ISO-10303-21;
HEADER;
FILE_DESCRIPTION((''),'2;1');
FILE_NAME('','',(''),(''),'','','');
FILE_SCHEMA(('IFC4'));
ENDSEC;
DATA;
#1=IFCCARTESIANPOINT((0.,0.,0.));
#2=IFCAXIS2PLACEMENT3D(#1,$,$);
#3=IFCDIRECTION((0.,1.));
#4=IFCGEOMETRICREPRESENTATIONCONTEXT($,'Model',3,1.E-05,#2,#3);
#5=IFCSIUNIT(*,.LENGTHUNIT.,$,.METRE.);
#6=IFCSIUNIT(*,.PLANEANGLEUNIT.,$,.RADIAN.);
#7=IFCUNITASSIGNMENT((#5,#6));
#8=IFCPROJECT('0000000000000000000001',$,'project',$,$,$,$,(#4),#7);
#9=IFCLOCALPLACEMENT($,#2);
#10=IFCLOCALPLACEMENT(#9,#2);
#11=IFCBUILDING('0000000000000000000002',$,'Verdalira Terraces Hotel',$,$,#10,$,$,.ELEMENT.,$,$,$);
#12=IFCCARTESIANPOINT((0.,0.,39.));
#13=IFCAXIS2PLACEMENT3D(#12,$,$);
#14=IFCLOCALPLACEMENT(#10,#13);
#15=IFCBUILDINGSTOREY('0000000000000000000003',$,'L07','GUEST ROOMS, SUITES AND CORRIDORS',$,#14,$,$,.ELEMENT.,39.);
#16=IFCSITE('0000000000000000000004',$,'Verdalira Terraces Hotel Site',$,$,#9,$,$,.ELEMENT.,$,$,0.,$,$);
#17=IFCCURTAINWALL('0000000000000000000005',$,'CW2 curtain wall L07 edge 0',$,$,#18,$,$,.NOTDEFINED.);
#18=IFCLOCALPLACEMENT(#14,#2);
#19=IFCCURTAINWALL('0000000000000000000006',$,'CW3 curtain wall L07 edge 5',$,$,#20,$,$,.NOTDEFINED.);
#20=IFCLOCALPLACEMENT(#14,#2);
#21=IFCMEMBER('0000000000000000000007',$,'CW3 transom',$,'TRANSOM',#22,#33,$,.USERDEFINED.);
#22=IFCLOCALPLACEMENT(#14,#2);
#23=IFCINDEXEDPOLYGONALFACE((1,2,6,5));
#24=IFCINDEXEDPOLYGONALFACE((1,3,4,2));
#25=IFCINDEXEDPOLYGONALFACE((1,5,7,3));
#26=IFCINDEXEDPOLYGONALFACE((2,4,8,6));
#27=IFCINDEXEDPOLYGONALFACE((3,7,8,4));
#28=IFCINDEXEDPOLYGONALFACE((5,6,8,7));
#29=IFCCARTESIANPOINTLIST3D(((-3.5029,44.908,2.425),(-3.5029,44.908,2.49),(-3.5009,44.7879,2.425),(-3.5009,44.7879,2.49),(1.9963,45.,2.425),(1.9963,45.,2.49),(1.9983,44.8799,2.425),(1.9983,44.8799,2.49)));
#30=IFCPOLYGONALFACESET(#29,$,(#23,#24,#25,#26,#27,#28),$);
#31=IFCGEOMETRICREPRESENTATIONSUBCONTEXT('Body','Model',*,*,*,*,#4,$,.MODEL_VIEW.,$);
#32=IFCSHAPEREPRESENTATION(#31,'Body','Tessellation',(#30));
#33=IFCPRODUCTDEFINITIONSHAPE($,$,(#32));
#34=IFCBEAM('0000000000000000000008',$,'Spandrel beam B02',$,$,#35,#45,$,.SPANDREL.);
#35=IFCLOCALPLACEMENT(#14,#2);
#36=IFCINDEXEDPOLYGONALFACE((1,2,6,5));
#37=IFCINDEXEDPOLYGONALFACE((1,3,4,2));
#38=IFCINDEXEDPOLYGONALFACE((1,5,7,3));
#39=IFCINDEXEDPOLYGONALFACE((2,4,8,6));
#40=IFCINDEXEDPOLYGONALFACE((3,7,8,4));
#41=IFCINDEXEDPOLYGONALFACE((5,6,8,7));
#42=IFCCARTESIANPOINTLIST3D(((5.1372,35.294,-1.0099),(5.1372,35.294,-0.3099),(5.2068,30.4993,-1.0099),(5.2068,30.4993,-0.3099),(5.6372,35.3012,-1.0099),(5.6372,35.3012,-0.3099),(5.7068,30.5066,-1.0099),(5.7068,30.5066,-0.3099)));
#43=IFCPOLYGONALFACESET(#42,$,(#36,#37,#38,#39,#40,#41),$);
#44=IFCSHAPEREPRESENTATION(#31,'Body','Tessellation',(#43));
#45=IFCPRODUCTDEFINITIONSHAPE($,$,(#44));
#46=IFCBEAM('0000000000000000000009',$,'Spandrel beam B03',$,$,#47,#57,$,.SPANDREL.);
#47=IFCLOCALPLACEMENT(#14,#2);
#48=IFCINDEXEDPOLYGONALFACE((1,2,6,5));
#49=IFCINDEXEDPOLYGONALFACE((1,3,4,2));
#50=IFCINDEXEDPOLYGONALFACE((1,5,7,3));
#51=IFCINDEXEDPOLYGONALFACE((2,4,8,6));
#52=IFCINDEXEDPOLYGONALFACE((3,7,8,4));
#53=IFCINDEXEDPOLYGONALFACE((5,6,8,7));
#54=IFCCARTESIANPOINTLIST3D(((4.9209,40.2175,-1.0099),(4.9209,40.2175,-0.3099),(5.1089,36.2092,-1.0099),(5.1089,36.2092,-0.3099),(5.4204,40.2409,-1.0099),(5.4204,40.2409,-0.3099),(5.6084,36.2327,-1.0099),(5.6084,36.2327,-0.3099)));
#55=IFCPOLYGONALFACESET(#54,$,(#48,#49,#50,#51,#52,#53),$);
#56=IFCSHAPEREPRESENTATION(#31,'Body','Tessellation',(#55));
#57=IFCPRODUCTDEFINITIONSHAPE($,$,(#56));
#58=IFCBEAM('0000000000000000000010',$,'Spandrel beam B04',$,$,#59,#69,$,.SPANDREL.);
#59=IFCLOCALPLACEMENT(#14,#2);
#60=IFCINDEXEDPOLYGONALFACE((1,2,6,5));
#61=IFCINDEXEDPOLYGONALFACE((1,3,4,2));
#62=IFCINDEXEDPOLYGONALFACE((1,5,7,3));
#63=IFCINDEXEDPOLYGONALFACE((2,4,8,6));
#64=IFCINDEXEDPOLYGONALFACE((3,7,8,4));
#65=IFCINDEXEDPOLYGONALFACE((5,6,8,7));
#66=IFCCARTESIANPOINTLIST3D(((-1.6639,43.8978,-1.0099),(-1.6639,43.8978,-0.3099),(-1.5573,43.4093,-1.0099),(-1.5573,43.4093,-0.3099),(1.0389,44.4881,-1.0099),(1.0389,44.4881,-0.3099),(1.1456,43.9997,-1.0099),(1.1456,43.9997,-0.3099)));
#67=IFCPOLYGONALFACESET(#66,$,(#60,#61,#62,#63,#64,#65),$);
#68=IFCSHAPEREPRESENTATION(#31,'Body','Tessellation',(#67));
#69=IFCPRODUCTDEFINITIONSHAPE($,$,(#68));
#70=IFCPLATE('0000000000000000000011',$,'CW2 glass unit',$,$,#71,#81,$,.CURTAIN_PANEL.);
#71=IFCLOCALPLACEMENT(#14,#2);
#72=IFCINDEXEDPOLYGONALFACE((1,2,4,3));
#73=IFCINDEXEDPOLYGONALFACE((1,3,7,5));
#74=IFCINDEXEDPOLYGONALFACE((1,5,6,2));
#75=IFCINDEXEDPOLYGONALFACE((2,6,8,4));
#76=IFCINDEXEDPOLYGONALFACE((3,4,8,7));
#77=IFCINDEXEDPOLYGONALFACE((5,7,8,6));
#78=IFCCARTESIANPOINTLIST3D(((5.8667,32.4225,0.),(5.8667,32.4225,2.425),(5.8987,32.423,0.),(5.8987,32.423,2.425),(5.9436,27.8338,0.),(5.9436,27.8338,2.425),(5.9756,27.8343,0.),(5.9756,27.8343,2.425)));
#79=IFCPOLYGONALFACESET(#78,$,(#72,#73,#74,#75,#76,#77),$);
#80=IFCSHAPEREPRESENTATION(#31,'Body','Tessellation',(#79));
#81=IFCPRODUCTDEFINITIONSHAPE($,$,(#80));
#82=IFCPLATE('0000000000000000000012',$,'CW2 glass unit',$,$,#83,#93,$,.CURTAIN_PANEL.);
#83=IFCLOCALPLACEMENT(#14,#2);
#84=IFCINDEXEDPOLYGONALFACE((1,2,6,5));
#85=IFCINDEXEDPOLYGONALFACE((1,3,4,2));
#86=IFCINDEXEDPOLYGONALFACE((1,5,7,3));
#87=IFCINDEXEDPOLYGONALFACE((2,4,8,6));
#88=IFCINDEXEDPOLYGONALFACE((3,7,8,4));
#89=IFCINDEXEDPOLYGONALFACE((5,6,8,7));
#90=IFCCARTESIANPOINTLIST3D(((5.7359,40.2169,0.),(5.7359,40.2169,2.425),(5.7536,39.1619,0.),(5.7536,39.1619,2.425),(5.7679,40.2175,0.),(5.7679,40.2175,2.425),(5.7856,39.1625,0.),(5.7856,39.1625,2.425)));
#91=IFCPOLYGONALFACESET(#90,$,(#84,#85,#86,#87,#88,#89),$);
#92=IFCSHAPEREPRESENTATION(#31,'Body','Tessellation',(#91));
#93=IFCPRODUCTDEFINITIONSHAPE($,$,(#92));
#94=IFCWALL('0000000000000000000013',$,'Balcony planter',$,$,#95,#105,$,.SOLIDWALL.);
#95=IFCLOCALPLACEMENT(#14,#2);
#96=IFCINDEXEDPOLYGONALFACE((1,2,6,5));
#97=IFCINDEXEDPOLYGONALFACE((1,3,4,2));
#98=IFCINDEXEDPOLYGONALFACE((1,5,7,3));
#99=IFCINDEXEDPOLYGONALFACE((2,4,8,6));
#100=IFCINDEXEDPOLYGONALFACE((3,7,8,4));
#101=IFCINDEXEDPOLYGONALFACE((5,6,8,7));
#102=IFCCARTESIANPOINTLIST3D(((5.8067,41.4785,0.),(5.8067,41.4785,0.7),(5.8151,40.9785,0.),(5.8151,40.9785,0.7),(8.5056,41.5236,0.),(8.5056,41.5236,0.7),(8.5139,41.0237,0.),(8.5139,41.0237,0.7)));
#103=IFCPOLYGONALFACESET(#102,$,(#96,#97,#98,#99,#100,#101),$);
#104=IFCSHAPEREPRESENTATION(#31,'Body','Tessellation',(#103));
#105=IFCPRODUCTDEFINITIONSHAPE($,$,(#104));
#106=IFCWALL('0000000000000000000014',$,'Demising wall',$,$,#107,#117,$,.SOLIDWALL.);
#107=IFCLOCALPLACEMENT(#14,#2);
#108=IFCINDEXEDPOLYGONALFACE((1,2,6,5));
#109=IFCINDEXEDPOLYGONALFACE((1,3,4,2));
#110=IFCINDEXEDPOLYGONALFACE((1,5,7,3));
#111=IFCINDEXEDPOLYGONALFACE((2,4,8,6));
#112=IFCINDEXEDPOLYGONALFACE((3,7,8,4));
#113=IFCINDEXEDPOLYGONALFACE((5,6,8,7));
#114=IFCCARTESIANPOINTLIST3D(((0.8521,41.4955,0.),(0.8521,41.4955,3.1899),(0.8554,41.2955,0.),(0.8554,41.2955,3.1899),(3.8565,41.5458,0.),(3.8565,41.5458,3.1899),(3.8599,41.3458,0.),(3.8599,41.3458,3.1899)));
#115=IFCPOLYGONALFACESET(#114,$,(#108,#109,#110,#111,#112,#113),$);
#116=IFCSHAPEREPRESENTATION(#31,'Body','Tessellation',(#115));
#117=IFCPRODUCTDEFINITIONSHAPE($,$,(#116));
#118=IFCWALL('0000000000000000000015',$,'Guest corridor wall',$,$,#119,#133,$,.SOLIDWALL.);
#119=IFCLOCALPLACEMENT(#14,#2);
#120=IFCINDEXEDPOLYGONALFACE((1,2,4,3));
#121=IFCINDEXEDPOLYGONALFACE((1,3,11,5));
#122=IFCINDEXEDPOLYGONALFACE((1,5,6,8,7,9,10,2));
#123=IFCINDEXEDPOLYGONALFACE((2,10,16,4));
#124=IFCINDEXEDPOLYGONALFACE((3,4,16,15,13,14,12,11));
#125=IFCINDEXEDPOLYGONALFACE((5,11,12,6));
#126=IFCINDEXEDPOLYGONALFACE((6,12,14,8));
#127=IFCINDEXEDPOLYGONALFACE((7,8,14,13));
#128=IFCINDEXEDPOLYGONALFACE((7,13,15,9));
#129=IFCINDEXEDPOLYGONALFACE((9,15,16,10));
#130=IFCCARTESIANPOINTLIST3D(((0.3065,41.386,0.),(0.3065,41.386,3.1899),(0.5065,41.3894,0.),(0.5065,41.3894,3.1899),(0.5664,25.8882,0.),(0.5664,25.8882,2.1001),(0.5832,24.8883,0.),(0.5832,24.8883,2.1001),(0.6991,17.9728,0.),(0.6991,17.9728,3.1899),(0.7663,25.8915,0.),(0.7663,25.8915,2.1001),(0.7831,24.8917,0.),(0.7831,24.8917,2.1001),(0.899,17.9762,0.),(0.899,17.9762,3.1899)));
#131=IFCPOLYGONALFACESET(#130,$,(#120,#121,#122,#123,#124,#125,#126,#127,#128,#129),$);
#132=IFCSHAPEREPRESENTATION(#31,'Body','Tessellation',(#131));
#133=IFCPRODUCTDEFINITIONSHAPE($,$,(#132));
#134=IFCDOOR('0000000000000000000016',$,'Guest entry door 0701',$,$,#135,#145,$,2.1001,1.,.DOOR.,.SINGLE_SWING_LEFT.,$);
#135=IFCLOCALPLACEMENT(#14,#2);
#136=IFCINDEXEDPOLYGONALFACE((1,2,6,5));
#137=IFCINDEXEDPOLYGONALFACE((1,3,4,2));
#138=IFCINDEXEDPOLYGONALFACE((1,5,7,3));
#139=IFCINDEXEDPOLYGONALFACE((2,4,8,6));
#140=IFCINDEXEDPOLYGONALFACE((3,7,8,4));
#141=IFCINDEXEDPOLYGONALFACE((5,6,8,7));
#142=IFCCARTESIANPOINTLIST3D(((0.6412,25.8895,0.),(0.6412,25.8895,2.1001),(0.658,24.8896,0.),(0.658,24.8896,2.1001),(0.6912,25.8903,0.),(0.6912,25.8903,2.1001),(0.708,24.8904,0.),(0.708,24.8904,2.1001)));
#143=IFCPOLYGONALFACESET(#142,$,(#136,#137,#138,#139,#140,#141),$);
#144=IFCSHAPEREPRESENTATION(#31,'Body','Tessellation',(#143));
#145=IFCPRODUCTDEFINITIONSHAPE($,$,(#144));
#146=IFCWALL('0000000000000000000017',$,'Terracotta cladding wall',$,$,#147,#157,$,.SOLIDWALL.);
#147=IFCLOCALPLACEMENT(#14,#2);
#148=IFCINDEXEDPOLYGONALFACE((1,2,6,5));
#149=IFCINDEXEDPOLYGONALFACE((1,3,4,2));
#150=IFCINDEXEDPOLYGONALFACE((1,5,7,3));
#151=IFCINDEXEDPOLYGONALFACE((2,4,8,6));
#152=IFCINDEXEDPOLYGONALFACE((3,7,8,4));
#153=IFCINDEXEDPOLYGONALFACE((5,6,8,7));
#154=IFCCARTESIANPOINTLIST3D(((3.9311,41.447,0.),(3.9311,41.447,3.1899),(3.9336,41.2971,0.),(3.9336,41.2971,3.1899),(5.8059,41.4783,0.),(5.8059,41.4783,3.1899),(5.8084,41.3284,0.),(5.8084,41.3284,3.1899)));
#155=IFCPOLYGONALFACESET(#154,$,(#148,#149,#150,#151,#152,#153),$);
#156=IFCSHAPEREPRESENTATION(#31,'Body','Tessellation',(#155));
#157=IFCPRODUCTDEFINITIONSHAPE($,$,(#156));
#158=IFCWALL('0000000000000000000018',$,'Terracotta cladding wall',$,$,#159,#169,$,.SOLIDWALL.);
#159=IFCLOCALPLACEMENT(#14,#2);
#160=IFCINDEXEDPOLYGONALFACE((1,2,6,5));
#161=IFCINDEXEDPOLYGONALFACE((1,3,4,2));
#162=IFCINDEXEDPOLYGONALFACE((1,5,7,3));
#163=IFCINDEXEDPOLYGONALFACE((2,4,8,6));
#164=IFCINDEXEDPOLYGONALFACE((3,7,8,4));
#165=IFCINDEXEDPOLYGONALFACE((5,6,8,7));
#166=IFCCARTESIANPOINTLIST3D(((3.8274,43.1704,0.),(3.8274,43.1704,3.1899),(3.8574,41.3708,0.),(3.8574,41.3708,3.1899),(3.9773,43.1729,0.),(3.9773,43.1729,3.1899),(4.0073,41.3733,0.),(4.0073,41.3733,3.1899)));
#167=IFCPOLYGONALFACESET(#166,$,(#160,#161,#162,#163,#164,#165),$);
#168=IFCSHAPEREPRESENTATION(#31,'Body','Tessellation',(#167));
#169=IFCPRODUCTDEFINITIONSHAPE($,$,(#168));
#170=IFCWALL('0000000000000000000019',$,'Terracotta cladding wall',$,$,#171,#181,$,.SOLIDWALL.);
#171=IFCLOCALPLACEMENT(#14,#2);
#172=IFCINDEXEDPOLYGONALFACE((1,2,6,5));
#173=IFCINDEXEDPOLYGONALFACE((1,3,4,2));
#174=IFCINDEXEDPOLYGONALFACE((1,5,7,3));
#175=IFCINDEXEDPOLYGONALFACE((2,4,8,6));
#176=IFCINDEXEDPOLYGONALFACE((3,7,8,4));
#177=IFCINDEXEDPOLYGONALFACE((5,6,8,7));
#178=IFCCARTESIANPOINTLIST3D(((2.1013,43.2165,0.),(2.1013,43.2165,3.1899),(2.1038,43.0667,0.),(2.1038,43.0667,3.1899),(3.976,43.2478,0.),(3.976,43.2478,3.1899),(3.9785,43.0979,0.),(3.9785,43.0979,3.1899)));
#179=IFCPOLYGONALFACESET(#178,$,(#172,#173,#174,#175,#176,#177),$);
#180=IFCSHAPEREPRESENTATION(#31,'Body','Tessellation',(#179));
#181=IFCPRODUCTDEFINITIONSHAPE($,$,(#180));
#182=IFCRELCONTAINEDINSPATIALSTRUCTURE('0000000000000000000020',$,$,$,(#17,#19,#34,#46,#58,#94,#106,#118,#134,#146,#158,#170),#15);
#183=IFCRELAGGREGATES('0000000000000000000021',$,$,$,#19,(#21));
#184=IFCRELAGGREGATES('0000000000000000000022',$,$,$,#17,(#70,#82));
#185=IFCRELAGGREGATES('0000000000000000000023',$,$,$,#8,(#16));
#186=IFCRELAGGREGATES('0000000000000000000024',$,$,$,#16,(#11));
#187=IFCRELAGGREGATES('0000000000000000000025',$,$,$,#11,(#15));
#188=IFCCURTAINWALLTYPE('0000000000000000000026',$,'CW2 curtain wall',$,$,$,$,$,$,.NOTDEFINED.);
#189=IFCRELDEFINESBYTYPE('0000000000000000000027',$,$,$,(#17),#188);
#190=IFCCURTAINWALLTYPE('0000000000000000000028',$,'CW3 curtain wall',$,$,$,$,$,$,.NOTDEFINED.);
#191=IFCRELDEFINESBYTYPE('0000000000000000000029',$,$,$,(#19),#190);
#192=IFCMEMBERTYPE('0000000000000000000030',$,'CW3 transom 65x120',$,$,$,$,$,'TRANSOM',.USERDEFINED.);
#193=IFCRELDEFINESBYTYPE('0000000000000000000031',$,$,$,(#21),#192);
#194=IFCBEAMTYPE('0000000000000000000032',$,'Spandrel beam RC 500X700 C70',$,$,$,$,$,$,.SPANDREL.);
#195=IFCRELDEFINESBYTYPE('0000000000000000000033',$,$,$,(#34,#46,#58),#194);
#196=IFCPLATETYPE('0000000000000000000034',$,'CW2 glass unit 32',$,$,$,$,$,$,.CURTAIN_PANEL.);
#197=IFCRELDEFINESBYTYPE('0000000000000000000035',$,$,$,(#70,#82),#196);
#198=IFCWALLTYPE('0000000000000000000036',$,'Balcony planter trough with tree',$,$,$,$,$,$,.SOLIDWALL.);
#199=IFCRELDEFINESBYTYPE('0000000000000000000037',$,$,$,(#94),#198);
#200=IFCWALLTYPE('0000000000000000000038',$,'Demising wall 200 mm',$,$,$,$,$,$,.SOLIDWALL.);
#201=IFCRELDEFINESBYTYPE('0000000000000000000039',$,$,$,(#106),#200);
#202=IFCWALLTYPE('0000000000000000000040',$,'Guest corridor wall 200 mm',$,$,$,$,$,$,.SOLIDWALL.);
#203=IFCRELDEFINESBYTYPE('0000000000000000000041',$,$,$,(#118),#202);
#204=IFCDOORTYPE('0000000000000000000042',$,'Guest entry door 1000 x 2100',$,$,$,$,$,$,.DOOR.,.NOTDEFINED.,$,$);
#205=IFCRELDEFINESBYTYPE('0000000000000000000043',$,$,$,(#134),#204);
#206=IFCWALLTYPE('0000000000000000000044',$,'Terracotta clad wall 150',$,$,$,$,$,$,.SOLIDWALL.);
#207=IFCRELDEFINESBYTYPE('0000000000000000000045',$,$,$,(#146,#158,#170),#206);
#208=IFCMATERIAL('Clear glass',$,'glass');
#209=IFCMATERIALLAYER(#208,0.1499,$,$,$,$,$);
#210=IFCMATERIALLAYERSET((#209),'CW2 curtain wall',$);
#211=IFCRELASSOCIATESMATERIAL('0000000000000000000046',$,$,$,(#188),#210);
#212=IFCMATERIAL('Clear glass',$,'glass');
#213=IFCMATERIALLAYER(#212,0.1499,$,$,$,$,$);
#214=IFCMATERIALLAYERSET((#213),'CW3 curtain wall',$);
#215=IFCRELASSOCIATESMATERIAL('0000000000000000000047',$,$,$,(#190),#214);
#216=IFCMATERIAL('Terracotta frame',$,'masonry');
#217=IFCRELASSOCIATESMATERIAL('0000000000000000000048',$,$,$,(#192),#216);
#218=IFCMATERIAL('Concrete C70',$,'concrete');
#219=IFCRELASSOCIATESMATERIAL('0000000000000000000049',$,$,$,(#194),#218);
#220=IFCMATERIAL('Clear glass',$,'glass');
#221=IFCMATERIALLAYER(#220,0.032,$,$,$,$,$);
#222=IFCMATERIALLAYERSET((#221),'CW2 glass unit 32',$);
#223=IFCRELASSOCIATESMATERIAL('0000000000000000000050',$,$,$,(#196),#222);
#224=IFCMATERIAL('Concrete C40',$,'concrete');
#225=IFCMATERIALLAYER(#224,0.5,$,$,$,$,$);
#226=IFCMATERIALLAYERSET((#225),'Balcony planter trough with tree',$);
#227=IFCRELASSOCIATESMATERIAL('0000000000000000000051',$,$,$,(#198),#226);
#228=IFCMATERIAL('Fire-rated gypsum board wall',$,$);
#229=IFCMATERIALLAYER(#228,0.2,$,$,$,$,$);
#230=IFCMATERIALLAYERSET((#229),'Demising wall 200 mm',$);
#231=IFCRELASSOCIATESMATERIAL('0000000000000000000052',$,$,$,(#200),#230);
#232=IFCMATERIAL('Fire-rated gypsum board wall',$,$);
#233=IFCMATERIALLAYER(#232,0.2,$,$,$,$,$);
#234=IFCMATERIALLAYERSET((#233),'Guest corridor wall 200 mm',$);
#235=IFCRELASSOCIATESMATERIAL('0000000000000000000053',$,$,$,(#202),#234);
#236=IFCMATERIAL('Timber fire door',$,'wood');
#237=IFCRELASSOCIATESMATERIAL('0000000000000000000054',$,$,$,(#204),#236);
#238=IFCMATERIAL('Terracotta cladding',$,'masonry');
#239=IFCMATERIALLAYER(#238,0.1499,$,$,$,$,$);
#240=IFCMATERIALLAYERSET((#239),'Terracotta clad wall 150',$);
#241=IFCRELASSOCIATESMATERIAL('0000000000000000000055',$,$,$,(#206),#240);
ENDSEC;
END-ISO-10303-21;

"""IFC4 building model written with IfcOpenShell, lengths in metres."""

from ifc_helpers import new_model, si_unit, direction, frame, frame_2d, origin, origin_2d, place, context, subcontext, project, spatial, rectangle, extrude, material, layer, layer_set, material_profile, profile_set, type_object, element, fill, aggregate, save


model = new_model("IFC4")

# Units and contexts
model_context = context("Model", 3, precision=1e-05, world=origin(), true_north=direction((0.0, 1.0)))
body_context = subcontext(model_context, "Body", "Model", "MODEL_VIEW")
ifc_project = project(units=[si_unit("LENGTHUNIT", "METRE"), si_unit("PLANEANGLEUNIT", "RADIAN")], contexts=[model_context])

# Site, building, storey
site_placement = place(None, origin())
site = spatial("IfcSite", under=ifc_project, at=site_placement, Name="Verdalira Terraces Hotel Site", CompositionType="ELEMENT", RefElevation=0.0)
building_placement = place(site_placement, origin())
building = spatial("IfcBuilding", under=site, at=building_placement, Name="Verdalira Terraces Hotel", CompositionType="ELEMENT")
storey_placement = place(building_placement, frame((0.0, 0.0, 39.0)))
storey = spatial("IfcBuildingStorey", under=building, at=storey_placement, Name="L07", Description="GUEST ROOMS, SUITES AND CORRIDORS", CompositionType="ELEMENT", Elevation=39.0)

# Curtain wall
ifc_material_1 = material(Name="Clear glass", Category="glass")
ifc_layer_1 = layer(ifc_material_1, 0.1499)
ifc_layer_set_1 = layer_set([ifc_layer_1], Name="CW2 curtain wall")
curtain_wall_type_1 = type_object("IfcCurtainWallType", Name="CW2 curtain wall", PredefinedType="NOTDEFINED", material=ifc_layer_set_1)
curtain_wall_1_placement = place(storey_placement, origin())
curtain_wall_1 = element("IfcCurtainWall", 1, at=curtain_wall_1_placement, inside=storey, type_object=curtain_wall_type_1, Name="CW2 curtain wall L07 edge 0", PredefinedType="NOTDEFINED")

# Curtain wall, member
ifc_material_2 = material(Name="Clear glass", Category="glass")
ifc_layer_2 = layer(ifc_material_2, 0.1499)
ifc_layer_set_2 = layer_set([ifc_layer_2], Name="CW3 curtain wall")
curtain_wall_type_2 = type_object("IfcCurtainWallType", Name="CW3 curtain wall", PredefinedType="NOTDEFINED", material=ifc_layer_set_2)
curtain_wall_2_placement = place(storey_placement, origin())
curtain_wall_2 = element("IfcCurtainWall", 2, at=curtain_wall_2_placement, inside=storey, type_object=curtain_wall_type_2, Name="CW3 curtain wall L07 edge 5", PredefinedType="NOTDEFINED")
ifc_material_3 = material(Name="Terracotta frame", Category="masonry")
ifc_material_profile_1 = material_profile(ifc_material_3, rectangle(XDim=0.1201, YDim=0.0649, at=origin_2d()), Name="TR 65x120")
ifc_profile_set_1 = profile_set([ifc_material_profile_1], Name="Terracotta frame")
member_type_1 = type_object("IfcMemberType", Name="CW3 transom 65x120", ElementType="TRANSOM", PredefinedType="USERDEFINED", material=ifc_profile_set_1)
member_1_placement = place(storey_placement, frame((1.9973, 44.9399, 2.4575), z_axis=(-0.99986, -0.016735, 0.0), x_axis=(0.016735, -0.99986, 0.0)))
member_1 = element("IfcMember", 3, at=member_1_placement, type_object=member_type_1, Name="CW3 transom", ObjectType="TRANSOM", PredefinedType="USERDEFINED", context=body_context, shape_type="SweptSolid", body=[
    extrude(rectangle(XDim=0.1201, YDim=0.0649, at=origin_2d()), origin(), (0.0, 0.0, 1.0), 5.5),
])
aggregate(curtain_wall_2, [member_1])

# Beams
ifc_material_4 = material(Name="Concrete C70", Category="concrete")
ifc_material_profile_2 = material_profile(ifc_material_4, rectangle(XDim=0.5, YDim=0.7, at=origin_2d()), Name="RC 500X700")
ifc_profile_set_2 = profile_set([ifc_material_profile_2], Name="Concrete C70")
beam_type_1 = type_object("IfcBeamType", Name="Spandrel beam RC 500X700 C70", PredefinedType="SPANDREL", material=ifc_profile_set_2)
beam_1_placement = place(storey_placement, frame((5.4568, 30.5029, -0.6599), z_axis=(-0.01451, 0.999895, 0.0), x_axis=(-0.999895, -0.01451, 0.0)))
element("IfcBeam", 4, at=beam_1_placement, inside=storey, type_object=beam_type_1, Name="Spandrel beam B02", PredefinedType="SPANDREL", context=body_context, shape_type="SweptSolid", body=[
    extrude(rectangle(XDim=0.5, YDim=0.7, at=origin_2d()), origin(), (0.0, 0.0, 1.0), 4.7952),
])
beam_2_placement = place(storey_placement, frame((5.3586, 36.2209, -0.6599), z_axis=(-0.046848, 0.998902, 0.0), x_axis=(-0.998902, -0.046848, 0.0)))
element("IfcBeam", 5, at=beam_2_placement, inside=storey, type_object=beam_type_1, Name="Spandrel beam B03", PredefinedType="SPANDREL", context=body_context, shape_type="SweptSolid", body=[
    extrude(rectangle(XDim=0.5, YDim=0.7, at=origin_2d()), origin(), (0.0, 0.0, 1.0), 4.0127),
])
beam_3_placement = place(storey_placement, frame((1.0923, 44.2439, -0.6599), z_axis=(-0.97697, -0.213378, 0.0), x_axis=(0.213378, -0.97697, 0.0)))
element("IfcBeam", 6, at=beam_3_placement, inside=storey, type_object=beam_type_1, Name="Spandrel beam B04", PredefinedType="SPANDREL", context=body_context, shape_type="SweptSolid", body=[
    extrude(rectangle(XDim=0.5, YDim=0.7, at=origin_2d()), origin(), (0.0, 0.0, 1.0), 2.7666),
])

# Plates
ifc_material_5 = material(Name="Clear glass", Category="glass")
ifc_layer_3 = layer(ifc_material_5, 0.032)
ifc_layer_set_3 = layer_set([ifc_layer_3], Name="CW2 glass unit 32")
plate_type = type_object("IfcPlateType", Name="CW2 glass unit 32", PredefinedType="CURTAIN_PANEL", material=ifc_layer_set_3)
plate_1_placement = place(storey_placement, frame((5.9211, 30.1284, 0.0), z_axis=(0.0, 0.0, 1.0), x_axis=(-0.016754, 0.99986, 0.0)))
plate_1 = element("IfcPlate", 7, at=plate_1_placement, type_object=plate_type, Name="CW2 glass unit", PredefinedType="CURTAIN_PANEL", context=body_context, shape_type="SweptSolid", body=[
    extrude(rectangle(XDim=4.5894, YDim=0.032, at=origin_2d()), origin(), (0.0, 0.0, 1.0), 2.425),
])
plate_2_placement = place(storey_placement, frame((5.7607, 39.6897, 0.0), z_axis=(0.0, 0.0, 1.0), x_axis=(-0.016754, 0.99986, 0.0)))
plate_2 = element("IfcPlate", 8, at=plate_2_placement, type_object=plate_type, Name="CW2 glass unit", PredefinedType="CURTAIN_PANEL", context=body_context, shape_type="SweptSolid", body=[
    extrude(rectangle(XDim=1.0552, YDim=0.032, at=origin_2d()), origin(), (0.0, 0.0, 1.0), 2.425),
])
aggregate(curtain_wall_1, [plate_1, plate_2])

# Walls
ifc_material_6 = material(Name="Concrete C40", Category="concrete")
ifc_layer_4 = layer(ifc_material_6, 0.5)
ifc_layer_set_4 = layer_set([ifc_layer_4], Name="Balcony planter trough with tree")
wall_type_1 = type_object("IfcWallType", Name="Balcony planter trough with tree", PredefinedType="SOLIDWALL", material=ifc_layer_set_4)
wall_1_placement = place(storey_placement, frame((8.5098, 41.2737, 0.0), z_axis=(0.0, 0.0, 1.0), x_axis=(-0.99986, -0.016734, 0.0)))
element("IfcWall", 9, at=wall_1_placement, inside=storey, type_object=wall_type_1, Name="Balcony planter", PredefinedType="SOLIDWALL", context=body_context, shape_type="SweptSolid", body=[
    extrude(rectangle(XDim=2.6992, YDim=0.5, at=frame_2d((1.3496, 0.0))), origin(), (0.0, 0.0, 1.0), 0.7),
])
ifc_material_7 = material(Name="Fire-rated gypsum board wall")
ifc_layer_5 = layer(ifc_material_7, 0.2)
ifc_layer_set_5 = layer_set([ifc_layer_5], Name="Demising wall 200 mm")
wall_type_2 = type_object("IfcWallType", Name="Demising wall 200 mm", PredefinedType="SOLIDWALL", material=ifc_layer_set_5)
wall_2_placement = place(storey_placement, frame((0.8538, 41.3955, 0.0), z_axis=(0.0, 0.0, 1.0), x_axis=(0.99986, 0.016737, 0.0)))
element("IfcWall", 10, at=wall_2_placement, inside=storey, type_object=wall_type_2, Name="Demising wall", PredefinedType="SOLIDWALL", context=body_context, shape_type="SweptSolid", body=[
    extrude(rectangle(XDim=3.0049, YDim=0.2, at=frame_2d((1.5024, 0.0))), origin(), (0.0, 0.0, 1.0), 3.1899),
])

# Wall, opening, door
ifc_material_8 = material(Name="Fire-rated gypsum board wall")
ifc_layer_6 = layer(ifc_material_8, 0.2)
ifc_layer_set_6 = layer_set([ifc_layer_6], Name="Guest corridor wall 200 mm")
wall_type_3 = type_object("IfcWallType", Name="Guest corridor wall 200 mm", PredefinedType="SOLIDWALL", material=ifc_layer_set_6)
wall_3_placement = place(storey_placement, frame((0.4065, 41.3877, 0.0), z_axis=(0.0, 0.0, 1.0), x_axis=(0.016765, -0.999859, 0.0)))
wall_3 = element("IfcWall", 11, at=wall_3_placement, inside=storey, type_object=wall_type_3, Name="Guest corridor wall", PredefinedType="SOLIDWALL", context=body_context, shape_type="SweptSolid", body=[
    extrude(rectangle(XDim=23.4165, YDim=0.2, at=frame_2d((11.7083, 0.0))), origin(), (0.0, 0.0, 1.0), 3.1899),
])
opening_1_placement = place(wall_3_placement, frame((15.5, 0.0, 0.0)))
opening_1 = element("IfcOpeningElement", 12, at=opening_1_placement, cuts=wall_3, PredefinedType="OPENING", context=body_context, shape_type="SweptSolid", body=[
    extrude(rectangle(XDim=1.0, YDim=2.1001, at=frame_2d((0.5, 1.05))), frame((0.0, 0.1099, 0.0), z_axis=(0.0, -1.0, 0.0), x_axis=(1.0, 0.0, 0.0)), (0.0, 0.0, 1.0), 0.22),
])
ifc_material_9 = material(Name="Timber fire door", Category="wood")
door_type_1 = type_object("IfcDoorType", Name="Guest entry door 1000 x 2100", OperationType="NOTDEFINED", PredefinedType="DOOR", material=ifc_material_9)
door_1_placement = place(opening_1_placement, origin())
door_1 = element("IfcDoor", 13, at=door_1_placement, inside=storey, type_object=door_type_1, Name="Guest entry door 0701", OperationType="SINGLE_SWING_LEFT", OverallHeight=2.1001, OverallWidth=1.0, PredefinedType="DOOR", context=body_context, shape_type="SweptSolid", body=[
    extrude(rectangle(XDim=1.0, YDim=2.1001, at=frame_2d((0.5, 1.05))), frame((0.0, 0.0249, 0.0), z_axis=(0.0, -1.0, 0.0), x_axis=(1.0, 0.0, 0.0)), (0.0, 0.0, 1.0), 0.05),
])
fill(opening_1, door_1)

# Walls
ifc_material_10 = material(Name="Terracotta cladding", Category="masonry")
ifc_layer_7 = layer(ifc_material_10, 0.1499)
ifc_layer_set_7 = layer_set([ifc_layer_7], Name="Terracotta clad wall 150")
wall_type_4 = type_object("IfcWallType", Name="Terracotta clad wall 150", PredefinedType="SOLIDWALL", material=ifc_layer_set_7)
wall_4_placement = place(storey_placement, frame((5.8071, 41.4033, 0.0), z_axis=(0.0, 0.0, 1.0), x_axis=(-0.999861, -0.016667, 0.0)))
element("IfcWall", 14, at=wall_4_placement, inside=storey, type_object=wall_type_4, Name="Terracotta cladding wall", PredefinedType="SOLIDWALL", context=body_context, shape_type="SweptSolid", body=[
    extrude(rectangle(XDim=1.875, YDim=0.1499, at=frame_2d((0.9375, 0.0))), origin(), (0.0, 0.0, 1.0), 3.1899),
])
wall_5_placement = place(storey_placement, frame((3.9324, 41.3721, 0.0), z_axis=(0.0, 0.0, 1.0), x_axis=(-0.016685, 0.999861, 0.0)))
element("IfcWall", 15, at=wall_5_placement, inside=storey, type_object=wall_type_4, Name="Terracotta cladding wall", PredefinedType="SOLIDWALL", context=body_context, shape_type="SweptSolid", body=[
    extrude(rectangle(XDim=1.7998, YDim=0.1499, at=frame_2d((0.8999, 0.0))), origin(), (0.0, 0.0, 1.0), 3.1899),
])
for number, where, z_axis, x_axis, name in (
    (16, (3.9773, 43.1729, 0.0), (0.0, 0.0, 1.0), (-0.999861, -0.016667, 0.0), "Terracotta cladding wall"),
):
    element("IfcWall", number, at=place(storey_placement, frame(where, z_axis=z_axis, x_axis=x_axis)), inside=storey, type_object=wall_type_4, Name=name, PredefinedType="SOLIDWALL", context=body_context, shape_type="SweptSolid", body=[
        extrude(rectangle(XDim=1.875, YDim=0.1499, at=frame_2d((0.9375, 0.0))), origin(), (0.0, 0.0, 1.0), 3.1899),
    ])

save(model, "model.ifc")
